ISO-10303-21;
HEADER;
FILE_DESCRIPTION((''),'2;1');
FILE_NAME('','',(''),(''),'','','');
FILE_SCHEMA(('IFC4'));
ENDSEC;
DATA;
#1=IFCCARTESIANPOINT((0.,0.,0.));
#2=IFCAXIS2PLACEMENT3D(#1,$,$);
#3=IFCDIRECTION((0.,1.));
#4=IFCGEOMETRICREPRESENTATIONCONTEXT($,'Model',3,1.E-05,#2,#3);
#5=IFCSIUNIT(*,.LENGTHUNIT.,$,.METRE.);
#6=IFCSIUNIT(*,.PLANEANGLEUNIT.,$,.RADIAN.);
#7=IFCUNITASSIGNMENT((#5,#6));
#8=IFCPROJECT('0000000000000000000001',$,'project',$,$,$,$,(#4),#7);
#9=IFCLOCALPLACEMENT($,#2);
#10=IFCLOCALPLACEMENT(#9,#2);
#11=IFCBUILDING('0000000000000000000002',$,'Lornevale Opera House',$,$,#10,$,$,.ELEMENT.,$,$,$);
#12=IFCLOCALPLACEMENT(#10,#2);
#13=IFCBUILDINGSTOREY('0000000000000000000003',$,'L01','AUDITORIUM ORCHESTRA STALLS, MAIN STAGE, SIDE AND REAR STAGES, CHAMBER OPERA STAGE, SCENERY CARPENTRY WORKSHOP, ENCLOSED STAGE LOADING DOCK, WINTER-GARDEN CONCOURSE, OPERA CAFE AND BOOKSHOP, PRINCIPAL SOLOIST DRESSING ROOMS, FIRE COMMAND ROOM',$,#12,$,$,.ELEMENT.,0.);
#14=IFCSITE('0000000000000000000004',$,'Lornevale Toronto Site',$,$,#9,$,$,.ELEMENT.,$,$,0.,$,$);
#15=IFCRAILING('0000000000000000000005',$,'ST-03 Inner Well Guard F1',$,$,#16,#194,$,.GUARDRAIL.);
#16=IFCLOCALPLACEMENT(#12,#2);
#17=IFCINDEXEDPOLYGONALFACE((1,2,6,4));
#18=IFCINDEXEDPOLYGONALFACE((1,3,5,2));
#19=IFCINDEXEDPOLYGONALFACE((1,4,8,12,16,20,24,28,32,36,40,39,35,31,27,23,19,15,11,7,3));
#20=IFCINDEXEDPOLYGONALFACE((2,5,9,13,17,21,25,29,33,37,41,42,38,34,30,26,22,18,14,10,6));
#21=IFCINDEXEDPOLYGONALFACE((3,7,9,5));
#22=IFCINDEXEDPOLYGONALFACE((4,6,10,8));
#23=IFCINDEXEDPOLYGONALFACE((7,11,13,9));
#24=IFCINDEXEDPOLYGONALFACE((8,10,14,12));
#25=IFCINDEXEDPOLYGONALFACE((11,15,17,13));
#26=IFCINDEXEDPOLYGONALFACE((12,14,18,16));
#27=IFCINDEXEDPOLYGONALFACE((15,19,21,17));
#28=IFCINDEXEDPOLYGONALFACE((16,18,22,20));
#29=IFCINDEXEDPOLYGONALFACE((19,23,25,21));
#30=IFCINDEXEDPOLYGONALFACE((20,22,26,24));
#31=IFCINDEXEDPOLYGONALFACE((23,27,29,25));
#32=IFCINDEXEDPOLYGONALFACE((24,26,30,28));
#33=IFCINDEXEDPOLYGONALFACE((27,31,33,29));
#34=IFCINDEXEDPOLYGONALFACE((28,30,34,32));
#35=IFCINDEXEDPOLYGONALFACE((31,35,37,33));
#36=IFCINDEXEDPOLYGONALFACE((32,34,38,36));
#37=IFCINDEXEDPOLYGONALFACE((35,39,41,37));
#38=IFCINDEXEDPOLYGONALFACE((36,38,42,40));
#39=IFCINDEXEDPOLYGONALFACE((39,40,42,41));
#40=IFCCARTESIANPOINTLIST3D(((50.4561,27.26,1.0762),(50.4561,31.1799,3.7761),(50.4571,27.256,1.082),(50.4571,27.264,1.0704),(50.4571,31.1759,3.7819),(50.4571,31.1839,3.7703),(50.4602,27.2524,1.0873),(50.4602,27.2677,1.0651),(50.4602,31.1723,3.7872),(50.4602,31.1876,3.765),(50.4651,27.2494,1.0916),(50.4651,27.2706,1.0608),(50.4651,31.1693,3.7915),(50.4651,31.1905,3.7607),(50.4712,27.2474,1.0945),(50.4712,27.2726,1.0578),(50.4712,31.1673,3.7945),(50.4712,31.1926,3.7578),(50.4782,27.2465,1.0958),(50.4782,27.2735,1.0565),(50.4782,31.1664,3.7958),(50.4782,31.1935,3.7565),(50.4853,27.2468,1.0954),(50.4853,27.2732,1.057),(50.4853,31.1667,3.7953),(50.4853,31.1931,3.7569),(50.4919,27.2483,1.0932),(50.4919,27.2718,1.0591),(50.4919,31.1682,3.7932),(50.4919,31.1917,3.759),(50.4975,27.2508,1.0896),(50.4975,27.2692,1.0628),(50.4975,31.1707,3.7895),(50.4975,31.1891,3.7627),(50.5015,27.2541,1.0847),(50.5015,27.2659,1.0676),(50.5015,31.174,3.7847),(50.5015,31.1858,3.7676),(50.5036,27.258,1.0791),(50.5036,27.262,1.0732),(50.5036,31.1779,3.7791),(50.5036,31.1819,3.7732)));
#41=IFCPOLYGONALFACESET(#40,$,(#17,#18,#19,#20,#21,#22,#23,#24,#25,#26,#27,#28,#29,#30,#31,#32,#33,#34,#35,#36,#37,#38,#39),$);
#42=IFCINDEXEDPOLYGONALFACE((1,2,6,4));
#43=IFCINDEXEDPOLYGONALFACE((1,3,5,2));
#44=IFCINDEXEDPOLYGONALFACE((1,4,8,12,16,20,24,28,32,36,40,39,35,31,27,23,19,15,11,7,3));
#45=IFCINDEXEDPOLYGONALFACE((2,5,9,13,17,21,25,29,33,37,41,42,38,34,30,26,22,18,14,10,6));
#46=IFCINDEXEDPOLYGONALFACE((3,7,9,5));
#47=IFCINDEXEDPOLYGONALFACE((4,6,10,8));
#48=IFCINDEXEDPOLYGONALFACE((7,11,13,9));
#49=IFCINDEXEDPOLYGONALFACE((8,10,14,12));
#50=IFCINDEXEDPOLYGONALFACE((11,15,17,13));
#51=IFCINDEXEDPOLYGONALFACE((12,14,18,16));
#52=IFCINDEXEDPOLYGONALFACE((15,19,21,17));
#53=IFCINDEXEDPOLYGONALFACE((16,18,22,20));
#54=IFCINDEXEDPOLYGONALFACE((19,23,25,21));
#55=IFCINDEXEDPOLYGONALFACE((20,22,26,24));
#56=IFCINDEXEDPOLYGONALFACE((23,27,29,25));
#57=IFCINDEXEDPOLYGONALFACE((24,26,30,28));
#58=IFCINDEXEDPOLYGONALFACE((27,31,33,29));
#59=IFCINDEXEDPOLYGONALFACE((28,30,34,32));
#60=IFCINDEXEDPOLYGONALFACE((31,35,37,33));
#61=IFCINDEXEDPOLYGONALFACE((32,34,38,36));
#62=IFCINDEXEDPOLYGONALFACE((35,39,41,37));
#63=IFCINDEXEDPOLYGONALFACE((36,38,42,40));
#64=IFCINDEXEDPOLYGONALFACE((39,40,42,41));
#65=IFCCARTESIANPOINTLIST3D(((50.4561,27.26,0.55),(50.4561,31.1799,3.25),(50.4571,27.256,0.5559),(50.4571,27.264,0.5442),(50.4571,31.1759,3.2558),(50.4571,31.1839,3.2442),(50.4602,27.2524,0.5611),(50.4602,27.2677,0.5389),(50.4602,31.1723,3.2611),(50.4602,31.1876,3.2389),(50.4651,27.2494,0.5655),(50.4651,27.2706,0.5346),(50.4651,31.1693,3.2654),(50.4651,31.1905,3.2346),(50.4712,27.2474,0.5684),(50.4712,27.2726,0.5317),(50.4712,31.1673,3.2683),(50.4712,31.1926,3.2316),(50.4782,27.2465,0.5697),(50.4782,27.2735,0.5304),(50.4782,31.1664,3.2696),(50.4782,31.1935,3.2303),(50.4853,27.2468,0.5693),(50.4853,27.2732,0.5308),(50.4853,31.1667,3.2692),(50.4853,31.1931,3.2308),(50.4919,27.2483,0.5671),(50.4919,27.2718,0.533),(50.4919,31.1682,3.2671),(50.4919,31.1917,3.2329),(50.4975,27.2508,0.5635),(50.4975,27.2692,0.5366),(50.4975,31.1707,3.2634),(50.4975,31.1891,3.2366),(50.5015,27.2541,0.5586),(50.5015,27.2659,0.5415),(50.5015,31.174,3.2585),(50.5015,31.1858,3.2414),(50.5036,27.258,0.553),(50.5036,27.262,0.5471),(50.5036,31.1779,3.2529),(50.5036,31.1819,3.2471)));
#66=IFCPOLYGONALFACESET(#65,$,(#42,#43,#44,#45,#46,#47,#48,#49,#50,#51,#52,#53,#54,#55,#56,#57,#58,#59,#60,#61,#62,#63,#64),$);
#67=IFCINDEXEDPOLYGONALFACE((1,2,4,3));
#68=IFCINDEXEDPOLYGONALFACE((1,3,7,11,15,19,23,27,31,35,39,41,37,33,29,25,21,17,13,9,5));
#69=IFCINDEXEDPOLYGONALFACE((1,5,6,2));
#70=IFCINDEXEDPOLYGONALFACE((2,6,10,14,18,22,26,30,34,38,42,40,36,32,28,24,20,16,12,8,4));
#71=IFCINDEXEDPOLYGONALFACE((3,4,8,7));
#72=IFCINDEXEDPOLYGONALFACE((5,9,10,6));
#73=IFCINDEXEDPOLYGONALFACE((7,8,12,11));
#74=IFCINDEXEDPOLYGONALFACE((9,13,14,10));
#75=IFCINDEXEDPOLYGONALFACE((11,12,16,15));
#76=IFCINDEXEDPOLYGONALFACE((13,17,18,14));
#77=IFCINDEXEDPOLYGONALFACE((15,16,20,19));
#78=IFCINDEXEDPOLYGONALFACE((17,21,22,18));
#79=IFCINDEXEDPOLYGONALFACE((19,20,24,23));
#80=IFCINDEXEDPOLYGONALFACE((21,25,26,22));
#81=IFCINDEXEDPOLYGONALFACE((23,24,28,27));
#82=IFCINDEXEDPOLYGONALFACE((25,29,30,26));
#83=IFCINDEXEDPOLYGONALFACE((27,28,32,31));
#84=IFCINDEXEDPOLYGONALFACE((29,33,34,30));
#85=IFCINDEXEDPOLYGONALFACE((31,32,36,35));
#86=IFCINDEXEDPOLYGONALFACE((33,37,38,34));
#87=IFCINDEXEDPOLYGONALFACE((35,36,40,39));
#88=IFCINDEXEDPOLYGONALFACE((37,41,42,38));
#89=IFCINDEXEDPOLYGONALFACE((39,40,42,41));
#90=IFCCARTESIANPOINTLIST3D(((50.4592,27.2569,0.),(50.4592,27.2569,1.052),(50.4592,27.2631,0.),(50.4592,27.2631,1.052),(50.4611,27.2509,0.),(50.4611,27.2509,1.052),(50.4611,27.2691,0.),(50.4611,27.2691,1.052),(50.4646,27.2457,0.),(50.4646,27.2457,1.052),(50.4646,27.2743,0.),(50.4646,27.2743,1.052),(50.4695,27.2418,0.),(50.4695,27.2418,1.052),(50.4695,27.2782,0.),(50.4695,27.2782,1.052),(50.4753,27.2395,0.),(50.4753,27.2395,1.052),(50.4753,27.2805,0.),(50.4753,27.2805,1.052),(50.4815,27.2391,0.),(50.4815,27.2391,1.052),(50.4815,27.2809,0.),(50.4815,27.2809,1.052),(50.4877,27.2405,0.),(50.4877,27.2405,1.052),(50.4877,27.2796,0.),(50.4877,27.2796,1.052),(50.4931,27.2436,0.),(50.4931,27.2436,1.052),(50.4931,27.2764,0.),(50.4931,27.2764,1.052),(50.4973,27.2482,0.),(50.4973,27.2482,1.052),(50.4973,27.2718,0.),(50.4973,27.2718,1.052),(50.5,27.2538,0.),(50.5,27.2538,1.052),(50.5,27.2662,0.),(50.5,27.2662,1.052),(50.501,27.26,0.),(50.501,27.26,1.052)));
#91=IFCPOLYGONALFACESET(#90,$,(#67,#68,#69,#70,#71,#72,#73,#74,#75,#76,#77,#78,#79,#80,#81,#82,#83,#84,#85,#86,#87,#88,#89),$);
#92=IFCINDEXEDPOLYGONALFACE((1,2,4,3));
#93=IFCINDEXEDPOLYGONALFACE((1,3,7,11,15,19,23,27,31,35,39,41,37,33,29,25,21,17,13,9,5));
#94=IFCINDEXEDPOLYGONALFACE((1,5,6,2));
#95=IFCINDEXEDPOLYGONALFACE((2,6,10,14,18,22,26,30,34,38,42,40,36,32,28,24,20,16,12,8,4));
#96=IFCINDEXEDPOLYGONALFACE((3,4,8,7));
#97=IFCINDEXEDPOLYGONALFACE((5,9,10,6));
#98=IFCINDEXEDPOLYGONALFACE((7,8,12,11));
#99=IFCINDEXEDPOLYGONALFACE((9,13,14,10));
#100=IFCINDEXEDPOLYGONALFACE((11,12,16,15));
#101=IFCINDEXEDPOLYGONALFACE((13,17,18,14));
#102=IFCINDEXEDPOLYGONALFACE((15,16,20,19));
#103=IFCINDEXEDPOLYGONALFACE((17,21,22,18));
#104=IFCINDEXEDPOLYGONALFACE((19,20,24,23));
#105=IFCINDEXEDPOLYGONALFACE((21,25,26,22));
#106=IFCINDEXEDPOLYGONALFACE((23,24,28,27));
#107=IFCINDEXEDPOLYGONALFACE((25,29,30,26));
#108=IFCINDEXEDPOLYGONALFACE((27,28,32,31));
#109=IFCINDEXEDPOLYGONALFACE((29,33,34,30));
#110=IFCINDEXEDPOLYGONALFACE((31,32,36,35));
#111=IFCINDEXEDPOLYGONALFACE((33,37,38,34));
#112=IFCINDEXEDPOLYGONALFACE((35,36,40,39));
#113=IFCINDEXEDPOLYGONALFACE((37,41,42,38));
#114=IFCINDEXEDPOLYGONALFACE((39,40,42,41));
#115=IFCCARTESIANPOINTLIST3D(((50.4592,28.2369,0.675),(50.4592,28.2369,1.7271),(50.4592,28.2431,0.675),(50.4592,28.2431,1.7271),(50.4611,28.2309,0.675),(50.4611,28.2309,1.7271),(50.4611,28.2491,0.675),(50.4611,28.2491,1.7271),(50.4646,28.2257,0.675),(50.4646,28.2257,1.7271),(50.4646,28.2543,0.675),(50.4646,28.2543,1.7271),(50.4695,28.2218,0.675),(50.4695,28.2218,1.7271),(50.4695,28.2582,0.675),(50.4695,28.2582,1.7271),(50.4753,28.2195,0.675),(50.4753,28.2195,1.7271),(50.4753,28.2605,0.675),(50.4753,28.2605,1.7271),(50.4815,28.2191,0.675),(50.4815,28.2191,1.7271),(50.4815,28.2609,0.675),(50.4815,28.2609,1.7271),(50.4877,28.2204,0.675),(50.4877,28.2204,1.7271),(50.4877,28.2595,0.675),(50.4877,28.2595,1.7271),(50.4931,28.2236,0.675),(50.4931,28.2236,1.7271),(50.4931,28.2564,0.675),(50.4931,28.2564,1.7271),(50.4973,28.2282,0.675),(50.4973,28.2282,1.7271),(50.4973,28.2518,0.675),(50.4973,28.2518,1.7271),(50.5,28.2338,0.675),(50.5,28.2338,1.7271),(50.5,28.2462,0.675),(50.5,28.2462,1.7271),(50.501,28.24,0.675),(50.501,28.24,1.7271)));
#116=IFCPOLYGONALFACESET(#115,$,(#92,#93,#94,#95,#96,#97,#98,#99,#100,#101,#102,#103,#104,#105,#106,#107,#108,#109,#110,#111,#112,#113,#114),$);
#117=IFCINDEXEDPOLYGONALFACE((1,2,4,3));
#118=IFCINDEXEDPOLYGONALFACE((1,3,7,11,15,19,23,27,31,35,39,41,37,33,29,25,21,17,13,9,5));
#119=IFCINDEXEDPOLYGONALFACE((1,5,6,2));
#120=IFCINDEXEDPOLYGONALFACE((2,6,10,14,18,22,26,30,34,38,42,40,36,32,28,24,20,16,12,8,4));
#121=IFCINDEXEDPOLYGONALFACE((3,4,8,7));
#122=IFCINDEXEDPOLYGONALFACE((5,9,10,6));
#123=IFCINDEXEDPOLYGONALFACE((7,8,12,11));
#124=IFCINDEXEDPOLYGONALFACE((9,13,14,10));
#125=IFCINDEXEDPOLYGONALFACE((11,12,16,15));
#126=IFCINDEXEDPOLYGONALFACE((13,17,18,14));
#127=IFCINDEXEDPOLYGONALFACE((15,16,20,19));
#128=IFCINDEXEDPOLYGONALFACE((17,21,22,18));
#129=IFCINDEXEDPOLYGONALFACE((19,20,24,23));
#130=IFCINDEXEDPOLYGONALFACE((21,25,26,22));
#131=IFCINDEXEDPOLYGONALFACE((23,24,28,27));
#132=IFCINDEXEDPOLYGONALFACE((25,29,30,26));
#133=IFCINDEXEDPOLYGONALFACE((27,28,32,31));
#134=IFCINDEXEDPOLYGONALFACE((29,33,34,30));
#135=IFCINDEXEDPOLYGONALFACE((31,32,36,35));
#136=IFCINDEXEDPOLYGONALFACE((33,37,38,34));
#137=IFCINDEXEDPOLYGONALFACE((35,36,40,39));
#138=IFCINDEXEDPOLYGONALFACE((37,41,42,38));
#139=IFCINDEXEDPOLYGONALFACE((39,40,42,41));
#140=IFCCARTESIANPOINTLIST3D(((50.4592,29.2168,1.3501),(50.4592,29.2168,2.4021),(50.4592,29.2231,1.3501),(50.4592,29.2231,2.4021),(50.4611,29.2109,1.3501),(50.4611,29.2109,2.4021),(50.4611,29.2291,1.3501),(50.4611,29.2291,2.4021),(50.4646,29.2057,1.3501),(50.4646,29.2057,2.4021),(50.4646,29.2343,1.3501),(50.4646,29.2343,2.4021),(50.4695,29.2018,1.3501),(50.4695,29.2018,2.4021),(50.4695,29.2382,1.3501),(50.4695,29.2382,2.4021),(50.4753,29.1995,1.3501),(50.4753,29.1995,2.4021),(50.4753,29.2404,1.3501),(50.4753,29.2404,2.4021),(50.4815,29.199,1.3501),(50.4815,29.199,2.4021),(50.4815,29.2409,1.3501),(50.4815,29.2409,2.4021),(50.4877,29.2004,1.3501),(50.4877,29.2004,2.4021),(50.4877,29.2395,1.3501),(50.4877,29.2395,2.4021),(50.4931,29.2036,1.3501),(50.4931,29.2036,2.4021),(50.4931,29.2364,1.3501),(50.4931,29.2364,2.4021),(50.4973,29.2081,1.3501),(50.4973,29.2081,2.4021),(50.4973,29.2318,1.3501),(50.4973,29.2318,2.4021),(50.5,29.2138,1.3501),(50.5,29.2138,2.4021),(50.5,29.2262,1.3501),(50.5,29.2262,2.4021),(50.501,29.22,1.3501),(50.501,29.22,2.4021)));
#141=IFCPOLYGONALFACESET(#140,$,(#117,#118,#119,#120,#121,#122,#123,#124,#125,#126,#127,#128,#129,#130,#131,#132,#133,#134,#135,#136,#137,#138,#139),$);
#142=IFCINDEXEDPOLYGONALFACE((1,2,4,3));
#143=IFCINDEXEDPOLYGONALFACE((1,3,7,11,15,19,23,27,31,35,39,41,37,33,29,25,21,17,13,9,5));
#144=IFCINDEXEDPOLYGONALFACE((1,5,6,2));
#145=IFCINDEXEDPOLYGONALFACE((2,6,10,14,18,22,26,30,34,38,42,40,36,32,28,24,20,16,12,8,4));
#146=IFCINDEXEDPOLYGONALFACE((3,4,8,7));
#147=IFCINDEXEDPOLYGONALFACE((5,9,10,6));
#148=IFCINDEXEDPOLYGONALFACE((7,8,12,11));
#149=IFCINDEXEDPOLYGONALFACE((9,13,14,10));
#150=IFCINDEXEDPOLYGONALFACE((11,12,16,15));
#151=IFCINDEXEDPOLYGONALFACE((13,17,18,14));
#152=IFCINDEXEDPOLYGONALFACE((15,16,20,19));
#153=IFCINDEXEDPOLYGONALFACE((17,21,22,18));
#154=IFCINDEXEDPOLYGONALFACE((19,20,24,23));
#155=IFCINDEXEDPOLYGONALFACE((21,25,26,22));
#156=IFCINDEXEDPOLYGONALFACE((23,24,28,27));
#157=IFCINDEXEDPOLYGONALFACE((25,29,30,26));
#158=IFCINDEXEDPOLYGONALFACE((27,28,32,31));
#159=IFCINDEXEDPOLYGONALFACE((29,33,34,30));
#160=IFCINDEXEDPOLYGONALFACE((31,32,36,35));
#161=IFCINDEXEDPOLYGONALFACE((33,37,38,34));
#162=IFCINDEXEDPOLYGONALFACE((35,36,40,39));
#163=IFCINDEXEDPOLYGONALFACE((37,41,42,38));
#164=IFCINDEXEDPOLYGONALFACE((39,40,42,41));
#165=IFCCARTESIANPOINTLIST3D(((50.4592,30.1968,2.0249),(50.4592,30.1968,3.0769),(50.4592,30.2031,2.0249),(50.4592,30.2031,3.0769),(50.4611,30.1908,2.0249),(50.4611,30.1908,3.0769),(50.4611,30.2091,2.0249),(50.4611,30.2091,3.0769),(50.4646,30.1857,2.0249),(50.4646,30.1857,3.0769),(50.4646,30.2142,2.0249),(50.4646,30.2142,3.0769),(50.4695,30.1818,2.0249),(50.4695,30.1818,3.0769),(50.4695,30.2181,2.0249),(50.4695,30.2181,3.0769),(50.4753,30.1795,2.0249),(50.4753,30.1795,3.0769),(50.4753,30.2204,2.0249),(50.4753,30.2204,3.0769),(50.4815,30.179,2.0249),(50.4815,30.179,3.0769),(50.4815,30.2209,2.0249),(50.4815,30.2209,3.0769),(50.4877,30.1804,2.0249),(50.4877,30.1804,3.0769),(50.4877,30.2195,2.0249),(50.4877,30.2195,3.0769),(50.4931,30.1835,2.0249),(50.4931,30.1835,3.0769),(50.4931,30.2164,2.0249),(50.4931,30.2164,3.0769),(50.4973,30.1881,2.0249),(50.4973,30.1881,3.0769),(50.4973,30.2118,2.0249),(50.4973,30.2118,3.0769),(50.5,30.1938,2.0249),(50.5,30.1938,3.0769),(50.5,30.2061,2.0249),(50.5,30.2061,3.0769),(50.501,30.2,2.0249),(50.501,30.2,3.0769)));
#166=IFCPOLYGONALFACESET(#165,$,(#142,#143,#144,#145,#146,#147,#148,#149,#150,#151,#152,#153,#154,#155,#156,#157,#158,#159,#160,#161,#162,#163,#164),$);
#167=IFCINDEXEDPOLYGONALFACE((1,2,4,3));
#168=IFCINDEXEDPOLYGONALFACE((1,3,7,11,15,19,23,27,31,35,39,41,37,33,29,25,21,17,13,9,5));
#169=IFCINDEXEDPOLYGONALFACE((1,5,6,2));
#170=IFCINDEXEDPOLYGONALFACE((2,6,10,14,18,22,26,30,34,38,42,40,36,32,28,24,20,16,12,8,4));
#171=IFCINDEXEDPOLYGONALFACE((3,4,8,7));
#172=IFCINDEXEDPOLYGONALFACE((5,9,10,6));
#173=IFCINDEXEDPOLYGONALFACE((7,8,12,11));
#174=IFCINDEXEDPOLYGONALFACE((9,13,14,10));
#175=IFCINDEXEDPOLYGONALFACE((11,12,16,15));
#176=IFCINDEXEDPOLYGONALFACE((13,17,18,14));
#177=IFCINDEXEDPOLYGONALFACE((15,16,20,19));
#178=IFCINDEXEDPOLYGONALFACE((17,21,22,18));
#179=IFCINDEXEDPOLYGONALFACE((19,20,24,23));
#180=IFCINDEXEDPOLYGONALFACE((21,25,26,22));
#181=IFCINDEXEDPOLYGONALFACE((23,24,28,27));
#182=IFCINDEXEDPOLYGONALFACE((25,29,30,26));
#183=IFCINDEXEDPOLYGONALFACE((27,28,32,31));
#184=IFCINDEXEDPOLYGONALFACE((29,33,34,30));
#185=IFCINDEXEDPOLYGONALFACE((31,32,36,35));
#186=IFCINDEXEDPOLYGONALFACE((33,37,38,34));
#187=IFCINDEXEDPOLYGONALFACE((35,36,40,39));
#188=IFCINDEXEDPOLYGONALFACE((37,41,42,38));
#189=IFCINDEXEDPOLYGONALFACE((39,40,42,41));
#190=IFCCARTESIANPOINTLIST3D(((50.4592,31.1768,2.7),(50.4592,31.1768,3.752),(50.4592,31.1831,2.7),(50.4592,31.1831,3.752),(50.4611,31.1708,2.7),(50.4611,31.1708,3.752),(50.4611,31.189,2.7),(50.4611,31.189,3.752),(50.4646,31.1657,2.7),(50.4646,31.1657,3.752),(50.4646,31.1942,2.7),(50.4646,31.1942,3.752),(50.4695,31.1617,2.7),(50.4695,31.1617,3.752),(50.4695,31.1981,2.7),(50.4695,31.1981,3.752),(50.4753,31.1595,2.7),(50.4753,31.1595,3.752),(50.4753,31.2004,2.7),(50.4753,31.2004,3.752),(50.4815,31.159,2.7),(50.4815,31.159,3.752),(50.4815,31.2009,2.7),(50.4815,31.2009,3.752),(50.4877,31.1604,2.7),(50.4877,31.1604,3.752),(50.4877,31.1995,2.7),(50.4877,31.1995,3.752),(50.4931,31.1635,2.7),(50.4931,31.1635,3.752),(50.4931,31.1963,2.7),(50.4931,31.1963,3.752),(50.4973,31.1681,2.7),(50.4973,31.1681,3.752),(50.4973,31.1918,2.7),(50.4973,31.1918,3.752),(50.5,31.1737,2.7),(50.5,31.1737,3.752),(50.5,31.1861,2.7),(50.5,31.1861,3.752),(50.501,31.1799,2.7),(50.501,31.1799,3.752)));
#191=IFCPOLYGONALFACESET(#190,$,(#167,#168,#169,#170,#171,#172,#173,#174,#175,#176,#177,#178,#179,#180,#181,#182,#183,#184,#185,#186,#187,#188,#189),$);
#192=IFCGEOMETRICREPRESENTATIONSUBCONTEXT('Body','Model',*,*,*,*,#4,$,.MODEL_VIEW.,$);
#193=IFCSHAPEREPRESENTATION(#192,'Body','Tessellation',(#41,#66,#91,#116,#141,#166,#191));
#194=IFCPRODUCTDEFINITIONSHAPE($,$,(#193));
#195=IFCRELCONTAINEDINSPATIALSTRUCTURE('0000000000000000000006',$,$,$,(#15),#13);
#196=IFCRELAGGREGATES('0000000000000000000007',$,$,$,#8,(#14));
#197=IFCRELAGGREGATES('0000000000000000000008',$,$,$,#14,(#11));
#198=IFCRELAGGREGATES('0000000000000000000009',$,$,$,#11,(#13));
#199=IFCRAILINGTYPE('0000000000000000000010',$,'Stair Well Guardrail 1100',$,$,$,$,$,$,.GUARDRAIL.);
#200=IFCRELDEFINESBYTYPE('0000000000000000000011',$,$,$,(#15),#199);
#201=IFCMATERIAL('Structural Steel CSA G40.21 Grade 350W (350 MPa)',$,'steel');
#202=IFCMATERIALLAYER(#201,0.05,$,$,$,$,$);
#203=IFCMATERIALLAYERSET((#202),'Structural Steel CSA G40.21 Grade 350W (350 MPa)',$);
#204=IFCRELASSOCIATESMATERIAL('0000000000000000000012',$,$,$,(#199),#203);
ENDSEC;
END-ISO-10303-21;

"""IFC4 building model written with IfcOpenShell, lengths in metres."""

from ifc_helpers import new_model, si_unit, direction, frame, origin, origin_2d, place, context, subcontext, project, spatial, circle, extrude, material, layer, layer_set, type_object, element, save


model = new_model("IFC4")

# Units and contexts
model_context = context("Model", 3, precision=1e-05, world=origin(), true_north=direction((0.0, 1.0)))
body_context = subcontext(model_context, "Body", "Model", "MODEL_VIEW")
ifc_project = project(units=[si_unit("LENGTHUNIT", "METRE"), si_unit("PLANEANGLEUNIT", "RADIAN")], contexts=[model_context])

# Site, building, storey
site_placement = place(None, origin())
site = spatial("IfcSite", under=ifc_project, at=site_placement, Name="Lornevale Toronto Site", CompositionType="ELEMENT", RefElevation=0.0)
building_placement = place(site_placement, origin())
building = spatial("IfcBuilding", under=site, at=building_placement, Name="Lornevale Opera House", CompositionType="ELEMENT")
storey_placement = place(building_placement, origin())
storey = spatial("IfcBuildingStorey", under=building, at=storey_placement, Name="L01", Description="AUDITORIUM ORCHESTRA STALLS, MAIN STAGE, SIDE AND REAR STAGES, CHAMBER OPERA STAGE, SCENERY CARPENTRY WORKSHOP, ENCLOSED STAGE LOADING DOCK, WINTER-GARDEN CONCOURSE, OPERA CAFE AND BOOKSHOP, PRINCIPAL SOLOIST DRESSING ROOMS, FIRE COMMAND ROOM", CompositionType="ELEMENT", Elevation=0.0)

# Railing
ifc_material_1 = material(Name="Structural Steel CSA G40.21 Grade 350W (350 MPa)", Category="steel")
ifc_layer_1 = layer(ifc_material_1, 0.05)
ifc_layer_set_1 = layer_set([ifc_layer_1], Name="Structural Steel CSA G40.21 Grade 350W (350 MPa)")
railing_type_1 = type_object("IfcRailingType", Name="Stair Well Guardrail 1100", PredefinedType="GUARDRAIL", material=ifc_layer_set_1)
railing_1_placement = place(storey_placement, frame((50.48, 27.26, 0.0)))
element("IfcRailing", 1, at=railing_1_placement, inside=storey, type_object=railing_type_1, Name="ST-03 Inner Well Guard F1", PredefinedType="GUARDRAIL", context=body_context, shape_type="SweptSolid", body=[
    extrude(circle(Radius=0.0239, at=origin_2d()), frame((0.0, 0.0, 1.0762), z_axis=(0.0, 0.823551, 0.567243), x_axis=(-1.0, 0.0, 0.0)), (0.0, 0.0, 1.0), 4.7598),
    extrude(circle(Radius=0.0239, at=origin_2d()), frame((0.0, 0.0, 0.55), z_axis=(0.0, 0.823551, 0.567243), x_axis=(-1.0, 0.0, 0.0)), (0.0, 0.0, 1.0), 4.7598),
    extrude(circle(Radius=0.021, at=origin_2d()), origin(), (0.0, 0.0, 1.0), 1.052),
    extrude(circle(Radius=0.021, at=origin_2d()), frame((0.0, 0.98, 0.675)), (0.0, 0.0, 1.0), 1.052),
    extrude(circle(Radius=0.021, at=origin_2d()), frame((0.0, 1.96, 1.3501)), (0.0, 0.0, 1.0), 1.052),
    extrude(circle(Radius=0.021, at=origin_2d()), frame((0.0, 2.9399, 2.0249)), (0.0, 0.0, 1.0), 1.052),
    extrude(circle(Radius=0.021, at=origin_2d()), frame((0.0, 3.9199, 2.7)), (0.0, 0.0, 1.0), 1.052),
])

save(model, "model.ifc")
